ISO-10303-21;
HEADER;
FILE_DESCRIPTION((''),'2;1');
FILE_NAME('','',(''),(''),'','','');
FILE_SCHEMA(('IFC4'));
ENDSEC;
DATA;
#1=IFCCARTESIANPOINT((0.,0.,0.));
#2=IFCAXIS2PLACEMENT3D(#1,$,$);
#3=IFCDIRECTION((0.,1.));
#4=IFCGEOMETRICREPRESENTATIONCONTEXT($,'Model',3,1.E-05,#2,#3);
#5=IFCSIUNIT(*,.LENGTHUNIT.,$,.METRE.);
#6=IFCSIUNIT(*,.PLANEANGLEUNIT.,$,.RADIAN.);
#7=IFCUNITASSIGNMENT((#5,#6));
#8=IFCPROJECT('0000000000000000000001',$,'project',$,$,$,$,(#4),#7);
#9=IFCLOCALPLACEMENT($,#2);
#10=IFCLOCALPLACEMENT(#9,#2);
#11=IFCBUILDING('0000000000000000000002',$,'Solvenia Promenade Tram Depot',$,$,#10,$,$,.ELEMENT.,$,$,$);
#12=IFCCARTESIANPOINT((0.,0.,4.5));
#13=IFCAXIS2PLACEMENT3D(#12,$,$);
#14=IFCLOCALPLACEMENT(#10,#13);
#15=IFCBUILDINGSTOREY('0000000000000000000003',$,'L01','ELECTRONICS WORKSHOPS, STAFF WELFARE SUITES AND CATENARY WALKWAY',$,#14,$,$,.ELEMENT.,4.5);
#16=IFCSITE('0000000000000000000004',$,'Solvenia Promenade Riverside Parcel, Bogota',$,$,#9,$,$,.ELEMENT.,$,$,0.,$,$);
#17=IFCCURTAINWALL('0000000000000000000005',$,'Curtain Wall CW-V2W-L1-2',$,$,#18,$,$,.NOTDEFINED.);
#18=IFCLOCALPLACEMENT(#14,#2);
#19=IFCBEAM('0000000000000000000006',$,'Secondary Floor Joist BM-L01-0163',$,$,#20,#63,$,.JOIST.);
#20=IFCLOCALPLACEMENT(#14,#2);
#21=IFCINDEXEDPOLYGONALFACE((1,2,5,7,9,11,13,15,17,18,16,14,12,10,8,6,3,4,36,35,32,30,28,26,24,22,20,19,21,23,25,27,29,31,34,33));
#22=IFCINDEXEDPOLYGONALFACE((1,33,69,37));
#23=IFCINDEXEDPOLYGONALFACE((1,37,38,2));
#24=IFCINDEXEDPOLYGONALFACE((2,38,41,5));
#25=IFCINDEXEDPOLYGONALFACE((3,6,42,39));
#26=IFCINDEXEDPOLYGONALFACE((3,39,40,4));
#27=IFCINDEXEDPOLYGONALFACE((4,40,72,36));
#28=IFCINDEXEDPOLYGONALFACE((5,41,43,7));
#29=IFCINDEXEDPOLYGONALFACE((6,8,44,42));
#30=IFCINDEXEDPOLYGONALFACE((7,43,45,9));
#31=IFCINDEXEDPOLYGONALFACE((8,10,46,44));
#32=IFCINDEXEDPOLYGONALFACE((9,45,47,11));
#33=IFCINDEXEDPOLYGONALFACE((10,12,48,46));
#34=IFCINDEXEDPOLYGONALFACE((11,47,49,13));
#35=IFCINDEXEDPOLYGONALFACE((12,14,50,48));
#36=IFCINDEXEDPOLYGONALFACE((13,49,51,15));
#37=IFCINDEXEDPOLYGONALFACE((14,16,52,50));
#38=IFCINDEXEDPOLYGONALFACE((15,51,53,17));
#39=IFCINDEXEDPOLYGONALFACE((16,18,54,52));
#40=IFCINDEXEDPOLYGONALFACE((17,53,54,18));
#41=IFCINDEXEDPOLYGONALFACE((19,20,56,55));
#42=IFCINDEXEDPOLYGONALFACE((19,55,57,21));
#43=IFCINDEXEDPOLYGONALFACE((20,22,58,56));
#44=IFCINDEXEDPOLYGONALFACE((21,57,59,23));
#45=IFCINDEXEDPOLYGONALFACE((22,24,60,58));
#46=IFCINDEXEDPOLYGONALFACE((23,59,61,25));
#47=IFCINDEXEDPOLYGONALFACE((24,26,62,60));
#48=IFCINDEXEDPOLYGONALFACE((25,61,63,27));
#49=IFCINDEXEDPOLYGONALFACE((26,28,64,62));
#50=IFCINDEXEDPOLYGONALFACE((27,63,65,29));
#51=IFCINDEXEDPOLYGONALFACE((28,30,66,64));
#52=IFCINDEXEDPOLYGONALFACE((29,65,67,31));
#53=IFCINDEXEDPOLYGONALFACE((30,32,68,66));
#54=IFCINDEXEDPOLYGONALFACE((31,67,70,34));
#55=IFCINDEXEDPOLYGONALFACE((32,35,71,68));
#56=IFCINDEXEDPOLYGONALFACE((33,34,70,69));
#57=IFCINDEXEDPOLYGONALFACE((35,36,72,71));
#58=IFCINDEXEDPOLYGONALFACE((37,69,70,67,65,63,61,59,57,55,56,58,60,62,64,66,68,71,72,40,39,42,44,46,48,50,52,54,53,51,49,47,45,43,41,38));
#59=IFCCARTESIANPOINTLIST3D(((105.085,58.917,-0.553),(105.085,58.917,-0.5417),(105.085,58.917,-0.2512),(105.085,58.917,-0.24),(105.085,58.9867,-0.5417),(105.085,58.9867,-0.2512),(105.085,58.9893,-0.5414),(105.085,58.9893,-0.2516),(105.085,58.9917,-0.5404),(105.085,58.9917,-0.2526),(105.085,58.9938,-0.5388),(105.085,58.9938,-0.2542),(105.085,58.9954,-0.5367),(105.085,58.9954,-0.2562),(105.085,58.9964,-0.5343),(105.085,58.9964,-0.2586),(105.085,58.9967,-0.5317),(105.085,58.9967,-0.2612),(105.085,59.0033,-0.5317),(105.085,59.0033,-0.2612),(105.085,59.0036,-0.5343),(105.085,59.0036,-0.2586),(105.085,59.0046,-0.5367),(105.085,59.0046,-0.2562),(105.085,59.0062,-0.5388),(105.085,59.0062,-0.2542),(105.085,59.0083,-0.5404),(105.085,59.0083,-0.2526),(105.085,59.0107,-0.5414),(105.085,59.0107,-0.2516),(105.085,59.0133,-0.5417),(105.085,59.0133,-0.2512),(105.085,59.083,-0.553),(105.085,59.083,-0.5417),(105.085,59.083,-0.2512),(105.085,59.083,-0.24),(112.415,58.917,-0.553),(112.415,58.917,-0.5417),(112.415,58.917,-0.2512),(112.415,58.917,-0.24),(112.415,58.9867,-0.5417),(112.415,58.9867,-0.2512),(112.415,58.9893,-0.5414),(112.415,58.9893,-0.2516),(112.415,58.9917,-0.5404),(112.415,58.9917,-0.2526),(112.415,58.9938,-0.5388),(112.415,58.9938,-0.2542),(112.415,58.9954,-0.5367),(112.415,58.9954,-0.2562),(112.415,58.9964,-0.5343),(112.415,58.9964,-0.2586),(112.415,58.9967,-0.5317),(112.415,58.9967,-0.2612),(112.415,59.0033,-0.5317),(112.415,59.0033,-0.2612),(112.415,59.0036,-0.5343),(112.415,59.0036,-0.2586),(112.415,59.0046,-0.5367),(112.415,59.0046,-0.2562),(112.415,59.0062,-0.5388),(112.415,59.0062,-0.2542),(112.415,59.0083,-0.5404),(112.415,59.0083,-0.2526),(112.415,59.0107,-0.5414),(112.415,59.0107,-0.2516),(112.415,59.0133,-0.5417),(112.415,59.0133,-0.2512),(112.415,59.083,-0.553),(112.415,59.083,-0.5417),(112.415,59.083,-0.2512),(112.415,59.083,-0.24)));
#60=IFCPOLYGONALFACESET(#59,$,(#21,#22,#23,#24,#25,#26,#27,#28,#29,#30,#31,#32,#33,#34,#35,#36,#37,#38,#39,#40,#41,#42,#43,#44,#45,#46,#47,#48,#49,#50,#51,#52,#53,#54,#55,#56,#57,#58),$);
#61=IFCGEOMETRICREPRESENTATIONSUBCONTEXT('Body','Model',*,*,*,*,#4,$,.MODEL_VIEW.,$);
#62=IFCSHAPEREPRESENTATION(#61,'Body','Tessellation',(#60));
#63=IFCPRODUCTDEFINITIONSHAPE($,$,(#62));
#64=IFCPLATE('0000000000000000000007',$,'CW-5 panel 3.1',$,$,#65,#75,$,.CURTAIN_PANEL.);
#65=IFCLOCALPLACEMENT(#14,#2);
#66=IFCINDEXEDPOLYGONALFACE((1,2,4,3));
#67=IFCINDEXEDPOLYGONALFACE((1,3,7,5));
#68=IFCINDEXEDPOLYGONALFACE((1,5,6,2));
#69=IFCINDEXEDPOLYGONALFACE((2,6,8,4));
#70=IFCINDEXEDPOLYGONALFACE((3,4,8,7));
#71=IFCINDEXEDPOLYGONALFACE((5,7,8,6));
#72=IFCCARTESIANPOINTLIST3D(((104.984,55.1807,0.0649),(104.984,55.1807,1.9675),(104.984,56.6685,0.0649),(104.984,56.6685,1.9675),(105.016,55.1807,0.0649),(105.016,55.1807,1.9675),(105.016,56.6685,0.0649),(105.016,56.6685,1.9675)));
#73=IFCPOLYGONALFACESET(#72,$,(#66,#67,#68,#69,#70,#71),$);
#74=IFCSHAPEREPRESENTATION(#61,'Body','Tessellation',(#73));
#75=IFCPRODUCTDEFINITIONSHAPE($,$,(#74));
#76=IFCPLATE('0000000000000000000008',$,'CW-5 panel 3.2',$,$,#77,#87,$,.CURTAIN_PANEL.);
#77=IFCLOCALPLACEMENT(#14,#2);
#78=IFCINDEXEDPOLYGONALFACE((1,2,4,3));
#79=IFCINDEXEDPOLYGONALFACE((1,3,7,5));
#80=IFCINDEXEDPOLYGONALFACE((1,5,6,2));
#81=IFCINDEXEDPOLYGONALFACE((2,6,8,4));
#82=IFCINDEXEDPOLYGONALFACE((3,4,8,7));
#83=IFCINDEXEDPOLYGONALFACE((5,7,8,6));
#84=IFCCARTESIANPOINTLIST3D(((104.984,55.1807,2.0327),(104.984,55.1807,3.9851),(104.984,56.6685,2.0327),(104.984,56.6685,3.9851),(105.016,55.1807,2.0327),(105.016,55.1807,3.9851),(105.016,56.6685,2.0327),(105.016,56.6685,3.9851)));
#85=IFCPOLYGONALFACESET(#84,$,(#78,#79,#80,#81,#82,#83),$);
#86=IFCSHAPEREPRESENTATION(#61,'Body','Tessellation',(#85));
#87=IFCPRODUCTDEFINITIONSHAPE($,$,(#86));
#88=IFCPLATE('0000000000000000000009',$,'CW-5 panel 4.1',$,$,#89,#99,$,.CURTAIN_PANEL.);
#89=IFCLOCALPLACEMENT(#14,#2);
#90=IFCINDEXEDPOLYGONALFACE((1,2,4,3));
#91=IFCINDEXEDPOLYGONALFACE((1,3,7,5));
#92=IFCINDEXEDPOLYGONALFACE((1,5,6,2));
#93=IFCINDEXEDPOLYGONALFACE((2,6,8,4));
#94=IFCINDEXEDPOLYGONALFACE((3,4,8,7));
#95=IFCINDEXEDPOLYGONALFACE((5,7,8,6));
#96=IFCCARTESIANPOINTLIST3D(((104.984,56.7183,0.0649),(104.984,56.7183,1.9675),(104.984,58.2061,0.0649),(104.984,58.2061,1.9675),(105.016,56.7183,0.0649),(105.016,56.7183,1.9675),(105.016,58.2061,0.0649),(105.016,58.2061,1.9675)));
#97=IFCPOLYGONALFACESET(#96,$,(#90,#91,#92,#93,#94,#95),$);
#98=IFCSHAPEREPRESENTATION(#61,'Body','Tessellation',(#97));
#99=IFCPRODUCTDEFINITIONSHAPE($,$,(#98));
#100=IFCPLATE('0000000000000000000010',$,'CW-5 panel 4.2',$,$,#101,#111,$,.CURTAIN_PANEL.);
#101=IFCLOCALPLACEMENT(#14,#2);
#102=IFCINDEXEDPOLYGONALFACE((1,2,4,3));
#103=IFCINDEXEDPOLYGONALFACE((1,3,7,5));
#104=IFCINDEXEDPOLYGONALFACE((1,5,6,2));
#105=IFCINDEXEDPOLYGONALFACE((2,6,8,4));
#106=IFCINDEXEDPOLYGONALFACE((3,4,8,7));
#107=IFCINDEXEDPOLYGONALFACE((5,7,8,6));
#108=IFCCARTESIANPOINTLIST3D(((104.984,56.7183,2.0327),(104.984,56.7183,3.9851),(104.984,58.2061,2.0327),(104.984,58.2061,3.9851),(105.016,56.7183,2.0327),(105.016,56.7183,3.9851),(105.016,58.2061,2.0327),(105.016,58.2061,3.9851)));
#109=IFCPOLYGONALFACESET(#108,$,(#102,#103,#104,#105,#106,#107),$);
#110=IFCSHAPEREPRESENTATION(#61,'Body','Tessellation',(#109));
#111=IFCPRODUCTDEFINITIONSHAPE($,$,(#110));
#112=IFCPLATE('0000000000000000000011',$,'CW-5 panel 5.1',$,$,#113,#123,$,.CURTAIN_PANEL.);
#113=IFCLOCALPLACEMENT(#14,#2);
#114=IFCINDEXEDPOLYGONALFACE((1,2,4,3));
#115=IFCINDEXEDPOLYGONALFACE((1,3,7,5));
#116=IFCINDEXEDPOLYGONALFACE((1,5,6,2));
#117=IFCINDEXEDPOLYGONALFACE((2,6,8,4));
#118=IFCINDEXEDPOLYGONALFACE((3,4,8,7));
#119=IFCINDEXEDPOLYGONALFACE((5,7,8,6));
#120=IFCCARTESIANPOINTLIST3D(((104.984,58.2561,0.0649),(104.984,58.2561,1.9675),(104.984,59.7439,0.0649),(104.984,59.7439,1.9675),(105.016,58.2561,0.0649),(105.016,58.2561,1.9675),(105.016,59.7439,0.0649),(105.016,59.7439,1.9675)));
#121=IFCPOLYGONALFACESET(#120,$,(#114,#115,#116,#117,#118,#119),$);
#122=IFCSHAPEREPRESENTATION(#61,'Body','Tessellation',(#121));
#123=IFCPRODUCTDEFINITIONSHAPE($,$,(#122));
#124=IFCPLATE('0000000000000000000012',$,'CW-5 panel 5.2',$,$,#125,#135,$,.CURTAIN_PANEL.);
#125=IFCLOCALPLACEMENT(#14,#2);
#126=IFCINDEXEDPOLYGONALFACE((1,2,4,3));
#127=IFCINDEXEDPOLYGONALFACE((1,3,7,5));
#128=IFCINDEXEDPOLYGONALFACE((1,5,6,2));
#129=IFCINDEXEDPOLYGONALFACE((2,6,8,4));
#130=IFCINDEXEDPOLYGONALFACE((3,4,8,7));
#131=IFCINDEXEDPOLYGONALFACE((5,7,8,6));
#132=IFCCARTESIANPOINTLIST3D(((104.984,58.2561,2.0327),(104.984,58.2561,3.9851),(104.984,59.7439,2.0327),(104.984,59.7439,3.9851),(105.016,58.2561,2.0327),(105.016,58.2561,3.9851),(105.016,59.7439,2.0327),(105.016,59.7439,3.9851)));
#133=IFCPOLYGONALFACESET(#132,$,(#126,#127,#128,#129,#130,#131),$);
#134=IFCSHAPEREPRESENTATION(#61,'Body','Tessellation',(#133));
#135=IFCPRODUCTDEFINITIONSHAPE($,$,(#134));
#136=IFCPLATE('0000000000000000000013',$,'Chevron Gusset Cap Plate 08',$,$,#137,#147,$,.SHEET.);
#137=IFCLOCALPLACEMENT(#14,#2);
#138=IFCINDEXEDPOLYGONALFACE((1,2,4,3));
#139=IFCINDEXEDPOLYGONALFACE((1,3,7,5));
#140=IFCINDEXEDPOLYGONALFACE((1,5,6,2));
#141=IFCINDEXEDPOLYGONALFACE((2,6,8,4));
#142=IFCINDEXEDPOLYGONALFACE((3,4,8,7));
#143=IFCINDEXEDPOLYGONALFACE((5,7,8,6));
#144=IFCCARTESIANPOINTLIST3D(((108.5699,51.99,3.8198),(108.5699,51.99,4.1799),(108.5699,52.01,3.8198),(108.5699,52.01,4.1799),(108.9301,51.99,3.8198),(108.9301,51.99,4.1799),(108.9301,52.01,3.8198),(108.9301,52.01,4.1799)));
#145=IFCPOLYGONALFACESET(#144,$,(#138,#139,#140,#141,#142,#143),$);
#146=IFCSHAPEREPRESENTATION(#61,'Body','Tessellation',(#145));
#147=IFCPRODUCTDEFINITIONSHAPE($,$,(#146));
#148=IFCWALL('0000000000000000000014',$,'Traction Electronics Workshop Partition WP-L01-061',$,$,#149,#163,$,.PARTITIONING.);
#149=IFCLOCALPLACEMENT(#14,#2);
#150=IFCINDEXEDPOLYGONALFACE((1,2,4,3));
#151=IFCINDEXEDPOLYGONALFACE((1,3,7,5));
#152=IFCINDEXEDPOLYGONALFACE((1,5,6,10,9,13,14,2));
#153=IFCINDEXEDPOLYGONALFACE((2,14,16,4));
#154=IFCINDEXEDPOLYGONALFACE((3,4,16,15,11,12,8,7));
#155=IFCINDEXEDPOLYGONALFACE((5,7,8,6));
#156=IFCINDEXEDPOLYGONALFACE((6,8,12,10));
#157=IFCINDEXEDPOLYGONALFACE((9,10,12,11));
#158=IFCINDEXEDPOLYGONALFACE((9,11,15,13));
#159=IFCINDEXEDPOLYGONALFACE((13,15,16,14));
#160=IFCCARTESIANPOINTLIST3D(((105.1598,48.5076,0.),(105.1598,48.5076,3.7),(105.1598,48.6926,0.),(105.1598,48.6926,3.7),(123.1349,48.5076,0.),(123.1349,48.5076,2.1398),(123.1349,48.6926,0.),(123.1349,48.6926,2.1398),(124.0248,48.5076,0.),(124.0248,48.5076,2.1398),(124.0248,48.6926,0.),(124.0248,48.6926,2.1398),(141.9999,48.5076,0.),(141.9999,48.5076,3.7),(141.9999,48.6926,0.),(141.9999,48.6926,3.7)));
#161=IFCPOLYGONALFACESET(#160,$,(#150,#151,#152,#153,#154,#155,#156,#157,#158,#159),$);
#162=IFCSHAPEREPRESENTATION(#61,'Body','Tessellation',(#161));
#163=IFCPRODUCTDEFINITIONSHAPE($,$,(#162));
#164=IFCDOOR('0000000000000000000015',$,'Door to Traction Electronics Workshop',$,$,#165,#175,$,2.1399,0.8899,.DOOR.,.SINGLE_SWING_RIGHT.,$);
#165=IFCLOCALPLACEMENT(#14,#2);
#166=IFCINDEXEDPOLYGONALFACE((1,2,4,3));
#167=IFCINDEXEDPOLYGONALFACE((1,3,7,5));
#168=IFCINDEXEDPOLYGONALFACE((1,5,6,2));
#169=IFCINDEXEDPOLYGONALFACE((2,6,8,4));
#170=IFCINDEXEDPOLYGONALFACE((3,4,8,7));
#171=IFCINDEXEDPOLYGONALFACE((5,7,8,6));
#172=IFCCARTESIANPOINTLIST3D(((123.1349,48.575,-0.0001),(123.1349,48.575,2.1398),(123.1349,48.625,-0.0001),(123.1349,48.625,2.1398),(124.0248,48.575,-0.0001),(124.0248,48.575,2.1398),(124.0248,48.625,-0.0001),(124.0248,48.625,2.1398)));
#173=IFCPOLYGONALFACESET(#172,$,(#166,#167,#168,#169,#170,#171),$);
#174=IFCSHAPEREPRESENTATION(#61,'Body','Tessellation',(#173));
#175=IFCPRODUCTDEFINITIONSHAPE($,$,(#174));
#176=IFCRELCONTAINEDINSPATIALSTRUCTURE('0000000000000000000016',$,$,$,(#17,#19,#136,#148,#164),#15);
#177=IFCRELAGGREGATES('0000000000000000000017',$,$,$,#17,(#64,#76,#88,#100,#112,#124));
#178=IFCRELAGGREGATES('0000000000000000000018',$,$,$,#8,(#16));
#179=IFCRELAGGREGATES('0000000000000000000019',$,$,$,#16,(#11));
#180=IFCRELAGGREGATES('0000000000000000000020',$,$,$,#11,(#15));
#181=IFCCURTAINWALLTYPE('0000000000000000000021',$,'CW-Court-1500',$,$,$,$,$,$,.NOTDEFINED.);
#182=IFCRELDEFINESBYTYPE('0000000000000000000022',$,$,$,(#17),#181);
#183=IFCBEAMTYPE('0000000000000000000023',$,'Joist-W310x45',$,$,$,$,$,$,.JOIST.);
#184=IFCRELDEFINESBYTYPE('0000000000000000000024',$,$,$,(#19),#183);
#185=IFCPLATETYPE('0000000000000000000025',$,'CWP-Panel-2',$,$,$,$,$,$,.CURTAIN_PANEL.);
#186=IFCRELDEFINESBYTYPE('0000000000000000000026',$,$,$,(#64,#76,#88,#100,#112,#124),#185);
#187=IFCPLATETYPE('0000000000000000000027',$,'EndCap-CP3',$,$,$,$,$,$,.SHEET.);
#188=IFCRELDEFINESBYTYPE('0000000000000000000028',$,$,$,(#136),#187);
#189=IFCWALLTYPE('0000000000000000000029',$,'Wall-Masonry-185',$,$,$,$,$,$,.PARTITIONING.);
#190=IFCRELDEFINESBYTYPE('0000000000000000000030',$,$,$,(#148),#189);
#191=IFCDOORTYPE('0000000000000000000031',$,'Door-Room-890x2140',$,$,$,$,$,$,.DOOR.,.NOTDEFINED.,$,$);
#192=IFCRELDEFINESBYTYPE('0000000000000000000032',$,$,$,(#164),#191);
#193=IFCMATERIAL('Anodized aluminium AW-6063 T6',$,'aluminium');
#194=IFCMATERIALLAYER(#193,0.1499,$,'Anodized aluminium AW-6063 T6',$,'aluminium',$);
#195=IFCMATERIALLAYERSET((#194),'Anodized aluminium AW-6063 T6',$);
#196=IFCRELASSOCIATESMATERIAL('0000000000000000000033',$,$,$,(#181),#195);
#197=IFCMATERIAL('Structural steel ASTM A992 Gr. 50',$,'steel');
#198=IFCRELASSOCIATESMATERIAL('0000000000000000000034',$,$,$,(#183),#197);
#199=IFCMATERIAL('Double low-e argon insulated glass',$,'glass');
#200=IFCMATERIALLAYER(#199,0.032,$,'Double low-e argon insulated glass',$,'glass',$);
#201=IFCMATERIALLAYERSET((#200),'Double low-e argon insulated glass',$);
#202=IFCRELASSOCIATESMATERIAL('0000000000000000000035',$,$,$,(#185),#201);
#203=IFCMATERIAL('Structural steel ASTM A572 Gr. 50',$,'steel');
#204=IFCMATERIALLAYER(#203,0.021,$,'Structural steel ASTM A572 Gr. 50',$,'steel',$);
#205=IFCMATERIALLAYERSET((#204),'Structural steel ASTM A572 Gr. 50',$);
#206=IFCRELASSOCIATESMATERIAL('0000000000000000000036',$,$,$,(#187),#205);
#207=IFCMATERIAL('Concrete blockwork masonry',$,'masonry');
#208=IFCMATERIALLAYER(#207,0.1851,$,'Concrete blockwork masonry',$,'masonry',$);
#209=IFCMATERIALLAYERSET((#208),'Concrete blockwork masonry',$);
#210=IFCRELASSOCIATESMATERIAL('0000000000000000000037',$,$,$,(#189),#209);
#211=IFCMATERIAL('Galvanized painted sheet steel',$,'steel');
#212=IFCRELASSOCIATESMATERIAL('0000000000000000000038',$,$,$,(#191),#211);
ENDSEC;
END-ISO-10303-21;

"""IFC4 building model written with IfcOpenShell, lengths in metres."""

from ifc_helpers import new_model, si_unit, direction, frame, frame_2d, origin, origin_2d, place, context, subcontext, project, spatial, rectangle, i_section, extrude, material, layer, layer_set, material_profile, profile_set, type_object, element, fill, aggregate, save


model = new_model("IFC4")

# Units and contexts
model_context = context("Model", 3, precision=1e-05, world=origin(), true_north=direction((0.0, 1.0)))
body_context = subcontext(model_context, "Body", "Model", "MODEL_VIEW")
ifc_project = project(units=[si_unit("LENGTHUNIT", "METRE"), si_unit("PLANEANGLEUNIT", "RADIAN")], contexts=[model_context])

# Site, building, storey
site_placement = place(None, origin())
site = spatial("IfcSite", under=ifc_project, at=site_placement, Name="Solvenia Promenade Riverside Parcel, Bogota", CompositionType="ELEMENT", RefElevation=0.0)
building_placement = place(site_placement, origin())
building = spatial("IfcBuilding", under=site, at=building_placement, Name="Solvenia Promenade Tram Depot", CompositionType="ELEMENT")
storey_placement = place(building_placement, frame((0.0, 0.0, 4.5)))
storey = spatial("IfcBuildingStorey", under=building, at=storey_placement, Name="L01", Description="ELECTRONICS WORKSHOPS, STAFF WELFARE SUITES AND CATENARY WALKWAY", CompositionType="ELEMENT", Elevation=4.5)

# Shared definitions
ifc_material_1 = material(Name="Structural steel ASTM A992 Gr. 50", Category="steel")

# Curtain wall
ifc_material_2 = material(Name="Anodized aluminium AW-6063 T6", Category="aluminium")
ifc_layer_1 = layer(ifc_material_2, 0.1499, Name="Anodized aluminium AW-6063 T6", Category="aluminium")
ifc_layer_set_1 = layer_set([ifc_layer_1], Name="Anodized aluminium AW-6063 T6")
curtain_wall_type = type_object("IfcCurtainWallType", Name="CW-Court-1500", PredefinedType="NOTDEFINED", material=ifc_layer_set_1)
curtain_wall_placement = place(storey_placement, origin())
curtain_wall = element("IfcCurtainWall", 1, at=curtain_wall_placement, inside=storey, type_object=curtain_wall_type, Name="Curtain Wall CW-V2W-L1-2", PredefinedType="NOTDEFINED")

# Beam
ifc_material_profile_1 = material_profile(ifc_material_1, i_section(OverallWidth=0.166, OverallDepth=0.313, WebThickness=0.0066, FlangeThickness=0.0112, FilletRadius=0.01, at=origin_2d()), Name="W310x45", Category="steel")
ifc_profile_set_1 = profile_set([ifc_material_profile_1], Name="Structural steel ASTM A992 Gr. 50")
beam_type_1 = type_object("IfcBeamType", Name="Joist-W310x45", PredefinedType="JOIST", material=ifc_profile_set_1)
for number, where, z_axis, x_axis, name in (
    (2, (105.085, 59.0, -0.3965), (1.0, 0.0, 0.0), (0.0, 1.0, 0.0), "Secondary Floor Joist BM-L01-0163"),
):
    element("IfcBeam", number, at=place(storey_placement, frame(where, z_axis=z_axis, x_axis=x_axis)), inside=storey, type_object=beam_type_1, Name=name, PredefinedType="JOIST", context=body_context, shape_type="SweptSolid", body=[
        extrude(i_section(OverallWidth=0.166, OverallDepth=0.313, WebThickness=0.0066, FlangeThickness=0.0112, FilletRadius=0.01, at=origin_2d()), origin(), (0.0, 0.0, 1.0), 7.3301),
    ])

# Plates
ifc_material_3 = material(Name="Double low-e argon insulated glass", Category="glass")
ifc_layer_2 = layer(ifc_material_3, 0.032, Name="Double low-e argon insulated glass", Category="glass")
ifc_layer_set_2 = layer_set([ifc_layer_2], Name="Double low-e argon insulated glass")
plate_type_1 = type_object("IfcPlateType", Name="CWP-Panel-2", PredefinedType="CURTAIN_PANEL", material=ifc_layer_set_2)
plate_1_placement = place(storey_placement, frame((105.0, 55.9246, 0.0649), z_axis=(0.0, 0.0, 1.0), x_axis=(0.0, 1.0, 0.0)))
plate_1 = element("IfcPlate", 3, at=plate_1_placement, type_object=plate_type_1, Name="CW-5 panel 3.1", PredefinedType="CURTAIN_PANEL", context=body_context, shape_type="SweptSolid", body=[
    extrude(rectangle(XDim=1.4878, YDim=0.032, at=origin_2d()), origin(), (0.0, 0.0, 1.0), 1.9026),
])
plate_2_placement = place(storey_placement, frame((105.0, 55.9246, 2.0327), z_axis=(0.0, 0.0, 1.0), x_axis=(0.0, 1.0, 0.0)))
plate_2 = element("IfcPlate", 4, at=plate_2_placement, type_object=plate_type_1, Name="CW-5 panel 3.2", PredefinedType="CURTAIN_PANEL", context=body_context, shape_type="SweptSolid", body=[
    extrude(rectangle(XDim=1.4878, YDim=0.032, at=origin_2d()), origin(), (0.0, 0.0, 1.0), 1.9524),
])
plate_3_placement = place(storey_placement, frame((105.0, 57.4622, 0.0649), z_axis=(0.0, 0.0, 1.0), x_axis=(0.0, 1.0, 0.0)))
plate_3 = element("IfcPlate", 5, at=plate_3_placement, type_object=plate_type_1, Name="CW-5 panel 4.1", PredefinedType="CURTAIN_PANEL", context=body_context, shape_type="SweptSolid", body=[
    extrude(rectangle(XDim=1.4878, YDim=0.032, at=origin_2d()), origin(), (0.0, 0.0, 1.0), 1.9026),
])
plate_4_placement = place(storey_placement, frame((105.0, 57.4622, 2.0327), z_axis=(0.0, 0.0, 1.0), x_axis=(0.0, 1.0, 0.0)))
plate_4 = element("IfcPlate", 6, at=plate_4_placement, type_object=plate_type_1, Name="CW-5 panel 4.2", PredefinedType="CURTAIN_PANEL", context=body_context, shape_type="SweptSolid", body=[
    extrude(rectangle(XDim=1.4878, YDim=0.032, at=origin_2d()), origin(), (0.0, 0.0, 1.0), 1.9524),
])
plate_5_placement = place(storey_placement, frame((105.0, 59.0, 0.0649), z_axis=(0.0, 0.0, 1.0), x_axis=(0.0, 1.0, 0.0)))
plate_5 = element("IfcPlate", 7, at=plate_5_placement, type_object=plate_type_1, Name="CW-5 panel 5.1", PredefinedType="CURTAIN_PANEL", context=body_context, shape_type="SweptSolid", body=[
    extrude(rectangle(XDim=1.4878, YDim=0.032, at=origin_2d()), origin(), (0.0, 0.0, 1.0), 1.9026),
])
plate_6_placement = place(storey_placement, frame((105.0, 59.0, 2.0327), z_axis=(0.0, 0.0, 1.0), x_axis=(0.0, 1.0, 0.0)))
plate_6 = element("IfcPlate", 8, at=plate_6_placement, type_object=plate_type_1, Name="CW-5 panel 5.2", PredefinedType="CURTAIN_PANEL", context=body_context, shape_type="SweptSolid", body=[
    extrude(rectangle(XDim=1.4878, YDim=0.032, at=origin_2d()), origin(), (0.0, 0.0, 1.0), 1.9524),
])
aggregate(curtain_wall, [plate_1, plate_2, plate_3, plate_4, plate_5, plate_6])
ifc_material_4 = material(Name="Structural steel ASTM A572 Gr. 50", Category="steel")
ifc_layer_3 = layer(ifc_material_4, 0.021, Name="Structural steel ASTM A572 Gr. 50", Category="steel")
ifc_layer_set_3 = layer_set([ifc_layer_3], Name="Structural steel ASTM A572 Gr. 50")
plate_type_2 = type_object("IfcPlateType", Name="EndCap-CP3", PredefinedType="SHEET", material=ifc_layer_set_3)
plate_7_placement = place(storey_placement, frame((108.75, 52.0, 3.8198), z_axis=(0.0, 0.0, 1.0), x_axis=(1.0, 0.0, 0.0)))
element("IfcPlate", 9, at=plate_7_placement, inside=storey, type_object=plate_type_2, Name="Chevron Gusset Cap Plate 08", PredefinedType="SHEET", context=body_context, shape_type="SweptSolid", body=[
    extrude(rectangle(XDim=0.3601, YDim=0.02, at=origin_2d()), origin(), (0.0, 0.0, 1.0), 0.3601),
])

# Shared definitions
ifc_material_5 = material(Name="Galvanized painted sheet steel", Category="steel")

# Wall, opening, door
ifc_material_6 = material(Name="Concrete blockwork masonry", Category="masonry")
ifc_layer_4 = layer(ifc_material_6, 0.1851, Name="Concrete blockwork masonry", Category="masonry")
ifc_layer_set_4 = layer_set([ifc_layer_4], Name="Concrete blockwork masonry")
wall_type_1 = type_object("IfcWallType", Name="Wall-Masonry-185", PredefinedType="PARTITIONING", material=ifc_layer_set_4)
wall_1_placement = place(storey_placement, frame((105.1599, 48.6001, 0.0), z_axis=(0.0, 0.0, 1.0), x_axis=(1.0, 0.0, 0.0)))
wall_1 = element("IfcWall", 10, at=wall_1_placement, inside=storey, type_object=wall_type_1, Name="Traction Electronics Workshop Partition WP-L01-061", PredefinedType="PARTITIONING", context=body_context, shape_type="SweptSolid", body=[
    extrude(rectangle(XDim=36.8401, YDim=0.1851, at=frame_2d((18.4199, 0.0))), origin(), (0.0, 0.0, 1.0), 3.7),
])
opening_1_placement = place(wall_1_placement, frame((17.9751, 0.0, 0.0)))
opening_1 = element("IfcOpeningElement", 11, at=opening_1_placement, cuts=wall_1, PredefinedType="OPENING", context=body_context, shape_type="SweptSolid", body=[
    extrude(rectangle(XDim=0.8899, YDim=2.1399, at=frame_2d((0.4448, 1.0698))), frame((0.0, 0.1025, 0.0), z_axis=(0.0, -1.0, 0.0), x_axis=(1.0, 0.0, 0.0)), (0.0, 0.0, 1.0), 0.2051),
])
door_type_1 = type_object("IfcDoorType", Name="Door-Room-890x2140", OperationType="NOTDEFINED", PredefinedType="DOOR", material=ifc_material_5)
door_1_placement = place(opening_1_placement, origin())
door_1 = element("IfcDoor", 12, at=door_1_placement, inside=storey, type_object=door_type_1, Name="Door to Traction Electronics Workshop", OperationType="SINGLE_SWING_RIGHT", OverallHeight=2.1399, OverallWidth=0.8899, PredefinedType="DOOR", context=body_context, shape_type="SweptSolid", body=[
    extrude(rectangle(XDim=0.8899, YDim=2.1399, at=frame_2d((0.4448, 1.0698))), frame((0.0, 0.0249, 0.0), z_axis=(0.0, -1.0, 0.0), x_axis=(1.0, 0.0, 0.0)), (0.0, 0.0, 1.0), 0.05),
])
fill(opening_1, door_1)

save(model, "model.ifc")
